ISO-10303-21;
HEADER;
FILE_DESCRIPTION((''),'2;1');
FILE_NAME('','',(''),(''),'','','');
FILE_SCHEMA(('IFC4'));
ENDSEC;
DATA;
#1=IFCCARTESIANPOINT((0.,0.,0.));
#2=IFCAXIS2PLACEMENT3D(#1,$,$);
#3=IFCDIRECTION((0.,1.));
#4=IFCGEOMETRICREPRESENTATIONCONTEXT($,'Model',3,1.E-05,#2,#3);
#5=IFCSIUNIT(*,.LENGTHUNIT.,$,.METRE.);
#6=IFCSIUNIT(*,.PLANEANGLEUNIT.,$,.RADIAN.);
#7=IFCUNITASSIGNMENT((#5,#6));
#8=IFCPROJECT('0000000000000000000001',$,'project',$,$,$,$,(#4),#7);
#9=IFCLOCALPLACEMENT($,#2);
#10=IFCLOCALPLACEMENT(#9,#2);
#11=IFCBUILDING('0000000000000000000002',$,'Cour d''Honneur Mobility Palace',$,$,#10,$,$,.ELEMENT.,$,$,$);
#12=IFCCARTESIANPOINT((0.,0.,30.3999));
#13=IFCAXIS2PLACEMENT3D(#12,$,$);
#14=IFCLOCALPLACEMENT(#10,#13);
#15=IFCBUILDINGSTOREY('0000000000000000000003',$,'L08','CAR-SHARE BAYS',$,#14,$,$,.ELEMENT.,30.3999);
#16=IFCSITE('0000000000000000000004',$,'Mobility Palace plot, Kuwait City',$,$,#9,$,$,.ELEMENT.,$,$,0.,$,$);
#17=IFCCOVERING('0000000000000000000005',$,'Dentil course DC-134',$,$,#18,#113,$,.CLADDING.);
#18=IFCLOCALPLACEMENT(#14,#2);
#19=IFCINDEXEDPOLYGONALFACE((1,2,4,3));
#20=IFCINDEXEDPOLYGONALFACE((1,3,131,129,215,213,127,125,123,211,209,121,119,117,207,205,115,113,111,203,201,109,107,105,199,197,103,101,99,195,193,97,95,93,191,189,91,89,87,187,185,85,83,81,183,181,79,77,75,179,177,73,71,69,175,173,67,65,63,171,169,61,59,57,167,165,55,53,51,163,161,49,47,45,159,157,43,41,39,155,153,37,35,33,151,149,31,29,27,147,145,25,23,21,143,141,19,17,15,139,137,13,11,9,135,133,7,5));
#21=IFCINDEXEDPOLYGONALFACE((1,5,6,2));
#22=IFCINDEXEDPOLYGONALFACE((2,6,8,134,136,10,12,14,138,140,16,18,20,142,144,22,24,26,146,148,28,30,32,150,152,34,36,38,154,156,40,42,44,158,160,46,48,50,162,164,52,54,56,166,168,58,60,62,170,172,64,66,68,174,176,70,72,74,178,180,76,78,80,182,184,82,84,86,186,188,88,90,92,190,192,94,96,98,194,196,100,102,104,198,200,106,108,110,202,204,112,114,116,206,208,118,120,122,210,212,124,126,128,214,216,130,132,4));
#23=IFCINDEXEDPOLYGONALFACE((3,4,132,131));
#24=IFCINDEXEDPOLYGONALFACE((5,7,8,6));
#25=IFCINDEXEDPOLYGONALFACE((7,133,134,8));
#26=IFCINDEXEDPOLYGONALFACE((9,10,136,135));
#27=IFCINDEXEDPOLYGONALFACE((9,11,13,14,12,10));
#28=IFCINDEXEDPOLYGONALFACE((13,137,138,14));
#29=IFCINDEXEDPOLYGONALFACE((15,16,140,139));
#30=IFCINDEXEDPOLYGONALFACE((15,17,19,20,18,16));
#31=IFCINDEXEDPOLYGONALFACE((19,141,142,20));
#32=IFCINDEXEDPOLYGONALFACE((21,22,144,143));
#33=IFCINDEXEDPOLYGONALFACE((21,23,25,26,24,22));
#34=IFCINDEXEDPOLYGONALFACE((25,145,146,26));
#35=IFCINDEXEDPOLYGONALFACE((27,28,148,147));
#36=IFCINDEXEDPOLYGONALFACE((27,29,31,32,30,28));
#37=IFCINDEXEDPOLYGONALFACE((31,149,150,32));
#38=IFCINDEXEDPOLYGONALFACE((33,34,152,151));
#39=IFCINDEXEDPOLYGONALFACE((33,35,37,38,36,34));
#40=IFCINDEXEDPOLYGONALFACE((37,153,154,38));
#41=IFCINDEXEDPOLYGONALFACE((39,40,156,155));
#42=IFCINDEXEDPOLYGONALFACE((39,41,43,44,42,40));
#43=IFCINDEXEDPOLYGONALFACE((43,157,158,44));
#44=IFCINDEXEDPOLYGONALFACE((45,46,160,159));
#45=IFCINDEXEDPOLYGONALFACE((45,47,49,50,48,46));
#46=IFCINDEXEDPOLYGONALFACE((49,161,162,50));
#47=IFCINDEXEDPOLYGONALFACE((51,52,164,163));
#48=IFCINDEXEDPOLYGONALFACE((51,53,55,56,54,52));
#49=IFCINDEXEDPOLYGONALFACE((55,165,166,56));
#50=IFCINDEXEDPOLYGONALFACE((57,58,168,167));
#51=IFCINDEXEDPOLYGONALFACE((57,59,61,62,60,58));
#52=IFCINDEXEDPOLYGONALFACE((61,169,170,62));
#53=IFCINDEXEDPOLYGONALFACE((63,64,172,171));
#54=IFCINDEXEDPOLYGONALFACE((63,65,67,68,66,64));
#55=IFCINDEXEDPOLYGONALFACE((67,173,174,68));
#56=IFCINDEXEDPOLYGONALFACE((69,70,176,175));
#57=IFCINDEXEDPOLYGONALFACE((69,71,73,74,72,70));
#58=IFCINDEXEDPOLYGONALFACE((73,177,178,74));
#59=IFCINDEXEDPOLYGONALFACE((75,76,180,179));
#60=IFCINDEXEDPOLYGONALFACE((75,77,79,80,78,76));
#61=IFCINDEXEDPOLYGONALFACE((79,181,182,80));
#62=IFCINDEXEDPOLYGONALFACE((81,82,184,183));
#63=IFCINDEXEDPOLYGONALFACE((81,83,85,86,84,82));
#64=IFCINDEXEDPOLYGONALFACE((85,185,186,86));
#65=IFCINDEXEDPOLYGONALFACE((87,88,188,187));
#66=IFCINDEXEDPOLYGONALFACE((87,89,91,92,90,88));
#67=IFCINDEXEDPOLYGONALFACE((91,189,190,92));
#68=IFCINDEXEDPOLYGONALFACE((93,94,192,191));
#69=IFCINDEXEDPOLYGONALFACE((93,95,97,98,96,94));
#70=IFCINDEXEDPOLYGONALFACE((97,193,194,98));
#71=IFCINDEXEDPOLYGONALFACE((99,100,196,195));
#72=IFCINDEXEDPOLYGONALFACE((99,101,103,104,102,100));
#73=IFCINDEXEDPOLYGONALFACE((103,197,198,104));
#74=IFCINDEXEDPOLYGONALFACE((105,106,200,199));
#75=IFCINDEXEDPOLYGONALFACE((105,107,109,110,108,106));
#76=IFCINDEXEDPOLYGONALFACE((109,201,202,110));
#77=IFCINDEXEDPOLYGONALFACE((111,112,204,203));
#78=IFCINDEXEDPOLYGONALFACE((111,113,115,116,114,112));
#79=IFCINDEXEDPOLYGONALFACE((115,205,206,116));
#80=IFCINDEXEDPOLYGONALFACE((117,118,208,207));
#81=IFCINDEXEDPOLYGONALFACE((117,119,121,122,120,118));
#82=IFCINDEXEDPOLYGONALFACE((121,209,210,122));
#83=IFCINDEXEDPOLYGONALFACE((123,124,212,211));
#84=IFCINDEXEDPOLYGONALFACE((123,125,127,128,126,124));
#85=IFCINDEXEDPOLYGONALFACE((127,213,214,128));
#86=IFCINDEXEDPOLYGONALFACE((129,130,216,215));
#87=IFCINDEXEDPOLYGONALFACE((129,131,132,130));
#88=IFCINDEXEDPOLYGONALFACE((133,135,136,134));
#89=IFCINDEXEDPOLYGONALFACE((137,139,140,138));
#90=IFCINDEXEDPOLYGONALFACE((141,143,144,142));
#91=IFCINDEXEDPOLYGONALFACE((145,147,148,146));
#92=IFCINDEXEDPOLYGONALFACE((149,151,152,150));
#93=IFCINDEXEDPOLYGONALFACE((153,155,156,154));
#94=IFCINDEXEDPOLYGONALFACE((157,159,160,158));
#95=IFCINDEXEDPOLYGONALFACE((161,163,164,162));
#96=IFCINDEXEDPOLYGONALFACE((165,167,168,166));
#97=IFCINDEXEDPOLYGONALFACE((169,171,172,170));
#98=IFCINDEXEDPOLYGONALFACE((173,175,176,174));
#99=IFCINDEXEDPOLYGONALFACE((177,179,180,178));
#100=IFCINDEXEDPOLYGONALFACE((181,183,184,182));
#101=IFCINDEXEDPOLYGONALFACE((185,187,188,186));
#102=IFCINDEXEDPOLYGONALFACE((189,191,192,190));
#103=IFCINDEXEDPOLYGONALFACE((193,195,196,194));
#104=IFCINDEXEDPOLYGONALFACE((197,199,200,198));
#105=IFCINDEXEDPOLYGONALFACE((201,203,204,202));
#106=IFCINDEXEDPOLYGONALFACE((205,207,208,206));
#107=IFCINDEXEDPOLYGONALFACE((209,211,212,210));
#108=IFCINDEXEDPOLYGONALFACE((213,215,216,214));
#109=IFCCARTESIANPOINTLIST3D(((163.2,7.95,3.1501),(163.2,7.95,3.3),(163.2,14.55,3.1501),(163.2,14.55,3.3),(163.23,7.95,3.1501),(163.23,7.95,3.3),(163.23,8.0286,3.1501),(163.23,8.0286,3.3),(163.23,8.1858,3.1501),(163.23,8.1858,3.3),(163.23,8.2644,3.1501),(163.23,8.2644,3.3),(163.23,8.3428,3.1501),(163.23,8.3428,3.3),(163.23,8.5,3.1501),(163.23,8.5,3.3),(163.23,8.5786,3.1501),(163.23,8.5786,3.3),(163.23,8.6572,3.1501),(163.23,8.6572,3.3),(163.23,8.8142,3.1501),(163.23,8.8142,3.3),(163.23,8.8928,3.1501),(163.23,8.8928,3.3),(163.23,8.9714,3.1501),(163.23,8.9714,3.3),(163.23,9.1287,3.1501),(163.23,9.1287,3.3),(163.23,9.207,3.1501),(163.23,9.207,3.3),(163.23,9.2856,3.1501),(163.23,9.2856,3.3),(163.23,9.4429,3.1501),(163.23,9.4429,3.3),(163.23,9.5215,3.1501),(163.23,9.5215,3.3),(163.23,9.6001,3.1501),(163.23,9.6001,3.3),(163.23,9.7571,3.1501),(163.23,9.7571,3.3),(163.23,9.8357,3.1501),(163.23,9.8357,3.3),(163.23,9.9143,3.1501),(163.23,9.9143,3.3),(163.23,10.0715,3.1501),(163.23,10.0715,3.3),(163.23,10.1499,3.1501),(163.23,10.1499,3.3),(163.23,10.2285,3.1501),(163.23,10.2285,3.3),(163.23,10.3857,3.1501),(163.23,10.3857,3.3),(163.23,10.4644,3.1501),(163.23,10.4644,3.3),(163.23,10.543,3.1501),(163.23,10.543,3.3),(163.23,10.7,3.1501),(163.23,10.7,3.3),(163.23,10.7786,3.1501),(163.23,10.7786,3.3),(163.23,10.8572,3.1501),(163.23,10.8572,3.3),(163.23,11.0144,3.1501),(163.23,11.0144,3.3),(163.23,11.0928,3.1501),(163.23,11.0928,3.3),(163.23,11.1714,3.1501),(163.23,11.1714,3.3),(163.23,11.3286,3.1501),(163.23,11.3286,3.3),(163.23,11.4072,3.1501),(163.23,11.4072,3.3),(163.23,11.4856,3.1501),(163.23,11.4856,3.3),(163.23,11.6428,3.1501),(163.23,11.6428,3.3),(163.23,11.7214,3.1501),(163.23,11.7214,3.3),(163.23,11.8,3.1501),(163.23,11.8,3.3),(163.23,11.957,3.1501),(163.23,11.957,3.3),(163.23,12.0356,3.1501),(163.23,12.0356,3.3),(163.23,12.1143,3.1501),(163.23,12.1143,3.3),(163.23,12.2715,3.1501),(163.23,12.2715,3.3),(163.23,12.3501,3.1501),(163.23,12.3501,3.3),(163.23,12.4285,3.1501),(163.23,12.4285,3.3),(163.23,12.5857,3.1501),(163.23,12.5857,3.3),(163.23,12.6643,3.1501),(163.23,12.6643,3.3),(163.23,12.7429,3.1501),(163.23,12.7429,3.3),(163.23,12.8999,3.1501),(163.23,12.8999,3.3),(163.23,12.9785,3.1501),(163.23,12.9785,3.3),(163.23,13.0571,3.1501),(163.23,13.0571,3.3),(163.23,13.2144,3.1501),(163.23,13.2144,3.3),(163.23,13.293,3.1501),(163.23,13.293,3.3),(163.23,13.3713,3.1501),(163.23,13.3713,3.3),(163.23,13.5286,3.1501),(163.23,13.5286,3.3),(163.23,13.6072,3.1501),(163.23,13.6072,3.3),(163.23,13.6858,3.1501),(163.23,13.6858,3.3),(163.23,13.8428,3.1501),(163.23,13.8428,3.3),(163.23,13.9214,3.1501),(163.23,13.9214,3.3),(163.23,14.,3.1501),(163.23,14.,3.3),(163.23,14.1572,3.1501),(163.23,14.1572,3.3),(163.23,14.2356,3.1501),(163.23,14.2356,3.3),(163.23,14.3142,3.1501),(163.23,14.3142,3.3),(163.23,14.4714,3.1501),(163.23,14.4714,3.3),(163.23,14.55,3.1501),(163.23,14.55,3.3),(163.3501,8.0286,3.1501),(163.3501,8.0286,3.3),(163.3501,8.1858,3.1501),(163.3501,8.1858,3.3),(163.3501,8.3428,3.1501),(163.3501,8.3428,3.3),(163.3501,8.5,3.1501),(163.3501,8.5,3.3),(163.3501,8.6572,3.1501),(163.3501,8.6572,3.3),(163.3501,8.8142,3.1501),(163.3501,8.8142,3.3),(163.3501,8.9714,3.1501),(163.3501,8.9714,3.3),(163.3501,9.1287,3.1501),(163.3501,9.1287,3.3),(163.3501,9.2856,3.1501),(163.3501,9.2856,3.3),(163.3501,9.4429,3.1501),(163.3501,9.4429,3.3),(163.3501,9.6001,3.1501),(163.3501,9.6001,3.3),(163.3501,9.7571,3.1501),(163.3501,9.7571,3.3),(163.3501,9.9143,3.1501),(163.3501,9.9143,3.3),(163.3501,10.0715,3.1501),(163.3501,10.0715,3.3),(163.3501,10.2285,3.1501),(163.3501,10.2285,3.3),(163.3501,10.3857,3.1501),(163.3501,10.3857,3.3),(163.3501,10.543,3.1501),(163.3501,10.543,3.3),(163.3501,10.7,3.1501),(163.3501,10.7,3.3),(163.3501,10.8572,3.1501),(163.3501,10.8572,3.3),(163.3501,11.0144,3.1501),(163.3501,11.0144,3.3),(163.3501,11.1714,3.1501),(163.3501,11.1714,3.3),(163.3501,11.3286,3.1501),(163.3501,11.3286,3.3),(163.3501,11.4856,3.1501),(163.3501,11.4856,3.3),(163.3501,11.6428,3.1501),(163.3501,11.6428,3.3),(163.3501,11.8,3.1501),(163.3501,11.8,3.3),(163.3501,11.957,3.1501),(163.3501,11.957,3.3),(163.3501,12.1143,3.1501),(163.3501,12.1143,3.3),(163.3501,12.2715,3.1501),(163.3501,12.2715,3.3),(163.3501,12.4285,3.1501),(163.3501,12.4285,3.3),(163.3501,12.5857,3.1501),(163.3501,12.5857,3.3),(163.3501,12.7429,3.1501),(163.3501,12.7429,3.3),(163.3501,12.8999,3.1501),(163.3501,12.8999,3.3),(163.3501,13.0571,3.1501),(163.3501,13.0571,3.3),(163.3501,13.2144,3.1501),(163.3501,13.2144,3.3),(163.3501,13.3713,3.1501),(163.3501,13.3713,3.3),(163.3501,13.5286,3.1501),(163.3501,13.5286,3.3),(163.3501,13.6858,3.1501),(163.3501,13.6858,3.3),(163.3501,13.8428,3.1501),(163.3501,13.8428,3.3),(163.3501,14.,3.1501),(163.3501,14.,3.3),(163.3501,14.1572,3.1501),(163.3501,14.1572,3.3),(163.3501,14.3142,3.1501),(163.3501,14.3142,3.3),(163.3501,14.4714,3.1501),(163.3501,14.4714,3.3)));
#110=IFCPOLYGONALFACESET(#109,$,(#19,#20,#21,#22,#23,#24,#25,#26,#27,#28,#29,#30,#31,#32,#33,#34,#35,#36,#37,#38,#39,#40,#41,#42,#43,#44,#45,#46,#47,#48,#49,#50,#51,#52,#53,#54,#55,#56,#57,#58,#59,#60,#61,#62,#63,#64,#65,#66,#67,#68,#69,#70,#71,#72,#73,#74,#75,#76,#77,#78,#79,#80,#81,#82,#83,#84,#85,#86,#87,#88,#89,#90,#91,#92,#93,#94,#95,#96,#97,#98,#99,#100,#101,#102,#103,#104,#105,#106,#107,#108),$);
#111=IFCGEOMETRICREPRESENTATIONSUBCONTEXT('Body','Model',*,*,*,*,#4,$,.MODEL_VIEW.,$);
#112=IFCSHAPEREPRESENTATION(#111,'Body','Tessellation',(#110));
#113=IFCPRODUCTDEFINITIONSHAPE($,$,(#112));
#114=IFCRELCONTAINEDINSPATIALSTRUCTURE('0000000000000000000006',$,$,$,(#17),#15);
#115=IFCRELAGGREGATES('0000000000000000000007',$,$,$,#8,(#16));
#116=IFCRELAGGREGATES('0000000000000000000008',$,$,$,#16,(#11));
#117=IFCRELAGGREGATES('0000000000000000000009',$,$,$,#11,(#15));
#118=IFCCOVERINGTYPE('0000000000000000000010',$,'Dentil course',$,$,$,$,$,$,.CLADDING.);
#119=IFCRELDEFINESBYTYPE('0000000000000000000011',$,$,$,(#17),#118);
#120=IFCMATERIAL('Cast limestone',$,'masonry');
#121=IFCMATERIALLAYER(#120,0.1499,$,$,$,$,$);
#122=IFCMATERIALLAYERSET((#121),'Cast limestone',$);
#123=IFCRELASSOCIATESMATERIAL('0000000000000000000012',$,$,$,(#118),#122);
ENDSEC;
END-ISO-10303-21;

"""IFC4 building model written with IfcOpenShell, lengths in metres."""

from ifc_helpers import new_model, si_unit, direction, frame, origin, place, context, subcontext, project, spatial, polyline, outline, extrude, material, layer, layer_set, type_object, element, save


model = new_model("IFC4")

# Units and contexts
model_context = context("Model", 3, precision=1e-05, world=origin(), true_north=direction((0.0, 1.0)))
body_context = subcontext(model_context, "Body", "Model", "MODEL_VIEW")
ifc_project = project(units=[si_unit("LENGTHUNIT", "METRE"), si_unit("PLANEANGLEUNIT", "RADIAN")], contexts=[model_context])

# Site, building, storey
site_placement = place(None, origin())
site = spatial("IfcSite", under=ifc_project, at=site_placement, Name="Mobility Palace plot, Kuwait City", CompositionType="ELEMENT", RefElevation=0.0)
building_placement = place(site_placement, origin())
building = spatial("IfcBuilding", under=site, at=building_placement, Name="Cour d'Honneur Mobility Palace", CompositionType="ELEMENT")
storey_placement = place(building_placement, frame((0.0, 0.0, 30.3999)))
storey = spatial("IfcBuildingStorey", under=building, at=storey_placement, Name="L08", Description="CAR-SHARE BAYS", CompositionType="ELEMENT", Elevation=30.3999)

# Covering
ifc_material_1 = material(Name="Cast limestone", Category="masonry")
ifc_layer_1 = layer(ifc_material_1, 0.1499)
ifc_layer_set_1 = layer_set([ifc_layer_1], Name="Cast limestone")
covering_type_1 = type_object("IfcCoveringType", Name="Dentil course", PredefinedType="CLADDING", material=ifc_layer_set_1)
covering_1_placement = place(storey_placement, frame((0.0, 0.0, 3.1501)))
element("IfcCovering", 1, at=covering_1_placement, inside=storey, type_object=covering_type_1, Name="Dentil course DC-134", PredefinedType="CLADDING", context=body_context, shape_type="SweptSolid", body=[
    extrude(outline(polyline([(163.2, 7.95), (163.2, 14.55), (163.23, 14.55), (163.23, 14.55), (163.23, 14.4714), (163.3501, 14.4714), (163.3501, 14.3142), (163.23, 14.3142), (163.23, 14.2356), (163.23, 14.2356), (163.23, 14.1572), (163.3501, 14.1572), (163.3501, 14.0), (163.23, 14.0), (163.23, 13.9214), (163.23, 13.9214), (163.23, 13.8428), (163.3501, 13.8428), (163.3501, 13.6858), (163.23, 13.6858), (163.23, 13.6072), (163.23, 13.6072), (163.23, 13.5286), (163.3501, 13.5286), (163.3501, 13.3713), (163.23, 13.3713), (163.23, 13.293), (163.23, 13.293), (163.23, 13.2144), (163.3501, 13.2144), (163.3501, 13.0571), (163.23, 13.0571), (163.23, 12.9785), (163.23, 12.9785), (163.23, 12.8999), (163.3501, 12.8999), (163.3501, 12.7429), (163.23, 12.7429), (163.23, 12.6643), (163.23, 12.6643), (163.23, 12.5857), (163.3501, 12.5857), (163.3501, 12.4285), (163.23, 12.4285), (163.23, 12.3501), (163.23, 12.3501), (163.23, 12.2715), (163.3501, 12.2715), (163.3501, 12.1143), (163.23, 12.1143), (163.23, 12.0356), (163.23, 12.0356), (163.23, 11.957), (163.3501, 11.957), (163.3501, 11.8), (163.23, 11.8), (163.23, 11.7214), (163.23, 11.7214), (163.23, 11.6428), (163.3501, 11.6428), (163.3501, 11.4856), (163.23, 11.4856), (163.23, 11.4072), (163.23, 11.4072), (163.23, 11.3286), (163.3501, 11.3286), (163.3501, 11.1714), (163.23, 11.1714), (163.23, 11.0928), (163.23, 11.0928), (163.23, 11.0144), (163.3501, 11.0144), (163.3501, 10.8572), (163.23, 10.8572), (163.23, 10.7786), (163.23, 10.7786), (163.23, 10.7), (163.3501, 10.7), (163.3501, 10.543), (163.23, 10.543), (163.23, 10.4644), (163.23, 10.4644), (163.23, 10.3857), (163.3501, 10.3857), (163.3501, 10.2285), (163.23, 10.2285), (163.23, 10.1499), (163.23, 10.1499), (163.23, 10.0715), (163.3501, 10.0715), (163.3501, 9.9143), (163.23, 9.9143), (163.23, 9.8357), (163.23, 9.8357), (163.23, 9.7571), (163.3501, 9.7571), (163.3501, 9.6001), (163.23, 9.6001), (163.23, 9.5215), (163.23, 9.5215), (163.23, 9.4429), (163.3501, 9.4429), (163.3501, 9.2856), (163.23, 9.2856), (163.23, 9.207), (163.23, 9.207), (163.23, 9.1287), (163.3501, 9.1287), (163.3501, 8.9714), (163.23, 8.9714), (163.23, 8.8928), (163.23, 8.8928), (163.23, 8.8142), (163.3501, 8.8142), (163.3501, 8.6572), (163.23, 8.6572), (163.23, 8.5786), (163.23, 8.5786), (163.23, 8.5), (163.3501, 8.5), (163.3501, 8.3428), (163.23, 8.3428), (163.23, 8.2644), (163.23, 8.2644), (163.23, 8.1858), (163.3501, 8.1858), (163.3501, 8.0286), (163.23, 8.0286), (163.23, 7.95), (163.2, 7.95)])), origin(), (0.0, 0.0, 1.0), 0.1499),
])

save(model, "model.ifc")
